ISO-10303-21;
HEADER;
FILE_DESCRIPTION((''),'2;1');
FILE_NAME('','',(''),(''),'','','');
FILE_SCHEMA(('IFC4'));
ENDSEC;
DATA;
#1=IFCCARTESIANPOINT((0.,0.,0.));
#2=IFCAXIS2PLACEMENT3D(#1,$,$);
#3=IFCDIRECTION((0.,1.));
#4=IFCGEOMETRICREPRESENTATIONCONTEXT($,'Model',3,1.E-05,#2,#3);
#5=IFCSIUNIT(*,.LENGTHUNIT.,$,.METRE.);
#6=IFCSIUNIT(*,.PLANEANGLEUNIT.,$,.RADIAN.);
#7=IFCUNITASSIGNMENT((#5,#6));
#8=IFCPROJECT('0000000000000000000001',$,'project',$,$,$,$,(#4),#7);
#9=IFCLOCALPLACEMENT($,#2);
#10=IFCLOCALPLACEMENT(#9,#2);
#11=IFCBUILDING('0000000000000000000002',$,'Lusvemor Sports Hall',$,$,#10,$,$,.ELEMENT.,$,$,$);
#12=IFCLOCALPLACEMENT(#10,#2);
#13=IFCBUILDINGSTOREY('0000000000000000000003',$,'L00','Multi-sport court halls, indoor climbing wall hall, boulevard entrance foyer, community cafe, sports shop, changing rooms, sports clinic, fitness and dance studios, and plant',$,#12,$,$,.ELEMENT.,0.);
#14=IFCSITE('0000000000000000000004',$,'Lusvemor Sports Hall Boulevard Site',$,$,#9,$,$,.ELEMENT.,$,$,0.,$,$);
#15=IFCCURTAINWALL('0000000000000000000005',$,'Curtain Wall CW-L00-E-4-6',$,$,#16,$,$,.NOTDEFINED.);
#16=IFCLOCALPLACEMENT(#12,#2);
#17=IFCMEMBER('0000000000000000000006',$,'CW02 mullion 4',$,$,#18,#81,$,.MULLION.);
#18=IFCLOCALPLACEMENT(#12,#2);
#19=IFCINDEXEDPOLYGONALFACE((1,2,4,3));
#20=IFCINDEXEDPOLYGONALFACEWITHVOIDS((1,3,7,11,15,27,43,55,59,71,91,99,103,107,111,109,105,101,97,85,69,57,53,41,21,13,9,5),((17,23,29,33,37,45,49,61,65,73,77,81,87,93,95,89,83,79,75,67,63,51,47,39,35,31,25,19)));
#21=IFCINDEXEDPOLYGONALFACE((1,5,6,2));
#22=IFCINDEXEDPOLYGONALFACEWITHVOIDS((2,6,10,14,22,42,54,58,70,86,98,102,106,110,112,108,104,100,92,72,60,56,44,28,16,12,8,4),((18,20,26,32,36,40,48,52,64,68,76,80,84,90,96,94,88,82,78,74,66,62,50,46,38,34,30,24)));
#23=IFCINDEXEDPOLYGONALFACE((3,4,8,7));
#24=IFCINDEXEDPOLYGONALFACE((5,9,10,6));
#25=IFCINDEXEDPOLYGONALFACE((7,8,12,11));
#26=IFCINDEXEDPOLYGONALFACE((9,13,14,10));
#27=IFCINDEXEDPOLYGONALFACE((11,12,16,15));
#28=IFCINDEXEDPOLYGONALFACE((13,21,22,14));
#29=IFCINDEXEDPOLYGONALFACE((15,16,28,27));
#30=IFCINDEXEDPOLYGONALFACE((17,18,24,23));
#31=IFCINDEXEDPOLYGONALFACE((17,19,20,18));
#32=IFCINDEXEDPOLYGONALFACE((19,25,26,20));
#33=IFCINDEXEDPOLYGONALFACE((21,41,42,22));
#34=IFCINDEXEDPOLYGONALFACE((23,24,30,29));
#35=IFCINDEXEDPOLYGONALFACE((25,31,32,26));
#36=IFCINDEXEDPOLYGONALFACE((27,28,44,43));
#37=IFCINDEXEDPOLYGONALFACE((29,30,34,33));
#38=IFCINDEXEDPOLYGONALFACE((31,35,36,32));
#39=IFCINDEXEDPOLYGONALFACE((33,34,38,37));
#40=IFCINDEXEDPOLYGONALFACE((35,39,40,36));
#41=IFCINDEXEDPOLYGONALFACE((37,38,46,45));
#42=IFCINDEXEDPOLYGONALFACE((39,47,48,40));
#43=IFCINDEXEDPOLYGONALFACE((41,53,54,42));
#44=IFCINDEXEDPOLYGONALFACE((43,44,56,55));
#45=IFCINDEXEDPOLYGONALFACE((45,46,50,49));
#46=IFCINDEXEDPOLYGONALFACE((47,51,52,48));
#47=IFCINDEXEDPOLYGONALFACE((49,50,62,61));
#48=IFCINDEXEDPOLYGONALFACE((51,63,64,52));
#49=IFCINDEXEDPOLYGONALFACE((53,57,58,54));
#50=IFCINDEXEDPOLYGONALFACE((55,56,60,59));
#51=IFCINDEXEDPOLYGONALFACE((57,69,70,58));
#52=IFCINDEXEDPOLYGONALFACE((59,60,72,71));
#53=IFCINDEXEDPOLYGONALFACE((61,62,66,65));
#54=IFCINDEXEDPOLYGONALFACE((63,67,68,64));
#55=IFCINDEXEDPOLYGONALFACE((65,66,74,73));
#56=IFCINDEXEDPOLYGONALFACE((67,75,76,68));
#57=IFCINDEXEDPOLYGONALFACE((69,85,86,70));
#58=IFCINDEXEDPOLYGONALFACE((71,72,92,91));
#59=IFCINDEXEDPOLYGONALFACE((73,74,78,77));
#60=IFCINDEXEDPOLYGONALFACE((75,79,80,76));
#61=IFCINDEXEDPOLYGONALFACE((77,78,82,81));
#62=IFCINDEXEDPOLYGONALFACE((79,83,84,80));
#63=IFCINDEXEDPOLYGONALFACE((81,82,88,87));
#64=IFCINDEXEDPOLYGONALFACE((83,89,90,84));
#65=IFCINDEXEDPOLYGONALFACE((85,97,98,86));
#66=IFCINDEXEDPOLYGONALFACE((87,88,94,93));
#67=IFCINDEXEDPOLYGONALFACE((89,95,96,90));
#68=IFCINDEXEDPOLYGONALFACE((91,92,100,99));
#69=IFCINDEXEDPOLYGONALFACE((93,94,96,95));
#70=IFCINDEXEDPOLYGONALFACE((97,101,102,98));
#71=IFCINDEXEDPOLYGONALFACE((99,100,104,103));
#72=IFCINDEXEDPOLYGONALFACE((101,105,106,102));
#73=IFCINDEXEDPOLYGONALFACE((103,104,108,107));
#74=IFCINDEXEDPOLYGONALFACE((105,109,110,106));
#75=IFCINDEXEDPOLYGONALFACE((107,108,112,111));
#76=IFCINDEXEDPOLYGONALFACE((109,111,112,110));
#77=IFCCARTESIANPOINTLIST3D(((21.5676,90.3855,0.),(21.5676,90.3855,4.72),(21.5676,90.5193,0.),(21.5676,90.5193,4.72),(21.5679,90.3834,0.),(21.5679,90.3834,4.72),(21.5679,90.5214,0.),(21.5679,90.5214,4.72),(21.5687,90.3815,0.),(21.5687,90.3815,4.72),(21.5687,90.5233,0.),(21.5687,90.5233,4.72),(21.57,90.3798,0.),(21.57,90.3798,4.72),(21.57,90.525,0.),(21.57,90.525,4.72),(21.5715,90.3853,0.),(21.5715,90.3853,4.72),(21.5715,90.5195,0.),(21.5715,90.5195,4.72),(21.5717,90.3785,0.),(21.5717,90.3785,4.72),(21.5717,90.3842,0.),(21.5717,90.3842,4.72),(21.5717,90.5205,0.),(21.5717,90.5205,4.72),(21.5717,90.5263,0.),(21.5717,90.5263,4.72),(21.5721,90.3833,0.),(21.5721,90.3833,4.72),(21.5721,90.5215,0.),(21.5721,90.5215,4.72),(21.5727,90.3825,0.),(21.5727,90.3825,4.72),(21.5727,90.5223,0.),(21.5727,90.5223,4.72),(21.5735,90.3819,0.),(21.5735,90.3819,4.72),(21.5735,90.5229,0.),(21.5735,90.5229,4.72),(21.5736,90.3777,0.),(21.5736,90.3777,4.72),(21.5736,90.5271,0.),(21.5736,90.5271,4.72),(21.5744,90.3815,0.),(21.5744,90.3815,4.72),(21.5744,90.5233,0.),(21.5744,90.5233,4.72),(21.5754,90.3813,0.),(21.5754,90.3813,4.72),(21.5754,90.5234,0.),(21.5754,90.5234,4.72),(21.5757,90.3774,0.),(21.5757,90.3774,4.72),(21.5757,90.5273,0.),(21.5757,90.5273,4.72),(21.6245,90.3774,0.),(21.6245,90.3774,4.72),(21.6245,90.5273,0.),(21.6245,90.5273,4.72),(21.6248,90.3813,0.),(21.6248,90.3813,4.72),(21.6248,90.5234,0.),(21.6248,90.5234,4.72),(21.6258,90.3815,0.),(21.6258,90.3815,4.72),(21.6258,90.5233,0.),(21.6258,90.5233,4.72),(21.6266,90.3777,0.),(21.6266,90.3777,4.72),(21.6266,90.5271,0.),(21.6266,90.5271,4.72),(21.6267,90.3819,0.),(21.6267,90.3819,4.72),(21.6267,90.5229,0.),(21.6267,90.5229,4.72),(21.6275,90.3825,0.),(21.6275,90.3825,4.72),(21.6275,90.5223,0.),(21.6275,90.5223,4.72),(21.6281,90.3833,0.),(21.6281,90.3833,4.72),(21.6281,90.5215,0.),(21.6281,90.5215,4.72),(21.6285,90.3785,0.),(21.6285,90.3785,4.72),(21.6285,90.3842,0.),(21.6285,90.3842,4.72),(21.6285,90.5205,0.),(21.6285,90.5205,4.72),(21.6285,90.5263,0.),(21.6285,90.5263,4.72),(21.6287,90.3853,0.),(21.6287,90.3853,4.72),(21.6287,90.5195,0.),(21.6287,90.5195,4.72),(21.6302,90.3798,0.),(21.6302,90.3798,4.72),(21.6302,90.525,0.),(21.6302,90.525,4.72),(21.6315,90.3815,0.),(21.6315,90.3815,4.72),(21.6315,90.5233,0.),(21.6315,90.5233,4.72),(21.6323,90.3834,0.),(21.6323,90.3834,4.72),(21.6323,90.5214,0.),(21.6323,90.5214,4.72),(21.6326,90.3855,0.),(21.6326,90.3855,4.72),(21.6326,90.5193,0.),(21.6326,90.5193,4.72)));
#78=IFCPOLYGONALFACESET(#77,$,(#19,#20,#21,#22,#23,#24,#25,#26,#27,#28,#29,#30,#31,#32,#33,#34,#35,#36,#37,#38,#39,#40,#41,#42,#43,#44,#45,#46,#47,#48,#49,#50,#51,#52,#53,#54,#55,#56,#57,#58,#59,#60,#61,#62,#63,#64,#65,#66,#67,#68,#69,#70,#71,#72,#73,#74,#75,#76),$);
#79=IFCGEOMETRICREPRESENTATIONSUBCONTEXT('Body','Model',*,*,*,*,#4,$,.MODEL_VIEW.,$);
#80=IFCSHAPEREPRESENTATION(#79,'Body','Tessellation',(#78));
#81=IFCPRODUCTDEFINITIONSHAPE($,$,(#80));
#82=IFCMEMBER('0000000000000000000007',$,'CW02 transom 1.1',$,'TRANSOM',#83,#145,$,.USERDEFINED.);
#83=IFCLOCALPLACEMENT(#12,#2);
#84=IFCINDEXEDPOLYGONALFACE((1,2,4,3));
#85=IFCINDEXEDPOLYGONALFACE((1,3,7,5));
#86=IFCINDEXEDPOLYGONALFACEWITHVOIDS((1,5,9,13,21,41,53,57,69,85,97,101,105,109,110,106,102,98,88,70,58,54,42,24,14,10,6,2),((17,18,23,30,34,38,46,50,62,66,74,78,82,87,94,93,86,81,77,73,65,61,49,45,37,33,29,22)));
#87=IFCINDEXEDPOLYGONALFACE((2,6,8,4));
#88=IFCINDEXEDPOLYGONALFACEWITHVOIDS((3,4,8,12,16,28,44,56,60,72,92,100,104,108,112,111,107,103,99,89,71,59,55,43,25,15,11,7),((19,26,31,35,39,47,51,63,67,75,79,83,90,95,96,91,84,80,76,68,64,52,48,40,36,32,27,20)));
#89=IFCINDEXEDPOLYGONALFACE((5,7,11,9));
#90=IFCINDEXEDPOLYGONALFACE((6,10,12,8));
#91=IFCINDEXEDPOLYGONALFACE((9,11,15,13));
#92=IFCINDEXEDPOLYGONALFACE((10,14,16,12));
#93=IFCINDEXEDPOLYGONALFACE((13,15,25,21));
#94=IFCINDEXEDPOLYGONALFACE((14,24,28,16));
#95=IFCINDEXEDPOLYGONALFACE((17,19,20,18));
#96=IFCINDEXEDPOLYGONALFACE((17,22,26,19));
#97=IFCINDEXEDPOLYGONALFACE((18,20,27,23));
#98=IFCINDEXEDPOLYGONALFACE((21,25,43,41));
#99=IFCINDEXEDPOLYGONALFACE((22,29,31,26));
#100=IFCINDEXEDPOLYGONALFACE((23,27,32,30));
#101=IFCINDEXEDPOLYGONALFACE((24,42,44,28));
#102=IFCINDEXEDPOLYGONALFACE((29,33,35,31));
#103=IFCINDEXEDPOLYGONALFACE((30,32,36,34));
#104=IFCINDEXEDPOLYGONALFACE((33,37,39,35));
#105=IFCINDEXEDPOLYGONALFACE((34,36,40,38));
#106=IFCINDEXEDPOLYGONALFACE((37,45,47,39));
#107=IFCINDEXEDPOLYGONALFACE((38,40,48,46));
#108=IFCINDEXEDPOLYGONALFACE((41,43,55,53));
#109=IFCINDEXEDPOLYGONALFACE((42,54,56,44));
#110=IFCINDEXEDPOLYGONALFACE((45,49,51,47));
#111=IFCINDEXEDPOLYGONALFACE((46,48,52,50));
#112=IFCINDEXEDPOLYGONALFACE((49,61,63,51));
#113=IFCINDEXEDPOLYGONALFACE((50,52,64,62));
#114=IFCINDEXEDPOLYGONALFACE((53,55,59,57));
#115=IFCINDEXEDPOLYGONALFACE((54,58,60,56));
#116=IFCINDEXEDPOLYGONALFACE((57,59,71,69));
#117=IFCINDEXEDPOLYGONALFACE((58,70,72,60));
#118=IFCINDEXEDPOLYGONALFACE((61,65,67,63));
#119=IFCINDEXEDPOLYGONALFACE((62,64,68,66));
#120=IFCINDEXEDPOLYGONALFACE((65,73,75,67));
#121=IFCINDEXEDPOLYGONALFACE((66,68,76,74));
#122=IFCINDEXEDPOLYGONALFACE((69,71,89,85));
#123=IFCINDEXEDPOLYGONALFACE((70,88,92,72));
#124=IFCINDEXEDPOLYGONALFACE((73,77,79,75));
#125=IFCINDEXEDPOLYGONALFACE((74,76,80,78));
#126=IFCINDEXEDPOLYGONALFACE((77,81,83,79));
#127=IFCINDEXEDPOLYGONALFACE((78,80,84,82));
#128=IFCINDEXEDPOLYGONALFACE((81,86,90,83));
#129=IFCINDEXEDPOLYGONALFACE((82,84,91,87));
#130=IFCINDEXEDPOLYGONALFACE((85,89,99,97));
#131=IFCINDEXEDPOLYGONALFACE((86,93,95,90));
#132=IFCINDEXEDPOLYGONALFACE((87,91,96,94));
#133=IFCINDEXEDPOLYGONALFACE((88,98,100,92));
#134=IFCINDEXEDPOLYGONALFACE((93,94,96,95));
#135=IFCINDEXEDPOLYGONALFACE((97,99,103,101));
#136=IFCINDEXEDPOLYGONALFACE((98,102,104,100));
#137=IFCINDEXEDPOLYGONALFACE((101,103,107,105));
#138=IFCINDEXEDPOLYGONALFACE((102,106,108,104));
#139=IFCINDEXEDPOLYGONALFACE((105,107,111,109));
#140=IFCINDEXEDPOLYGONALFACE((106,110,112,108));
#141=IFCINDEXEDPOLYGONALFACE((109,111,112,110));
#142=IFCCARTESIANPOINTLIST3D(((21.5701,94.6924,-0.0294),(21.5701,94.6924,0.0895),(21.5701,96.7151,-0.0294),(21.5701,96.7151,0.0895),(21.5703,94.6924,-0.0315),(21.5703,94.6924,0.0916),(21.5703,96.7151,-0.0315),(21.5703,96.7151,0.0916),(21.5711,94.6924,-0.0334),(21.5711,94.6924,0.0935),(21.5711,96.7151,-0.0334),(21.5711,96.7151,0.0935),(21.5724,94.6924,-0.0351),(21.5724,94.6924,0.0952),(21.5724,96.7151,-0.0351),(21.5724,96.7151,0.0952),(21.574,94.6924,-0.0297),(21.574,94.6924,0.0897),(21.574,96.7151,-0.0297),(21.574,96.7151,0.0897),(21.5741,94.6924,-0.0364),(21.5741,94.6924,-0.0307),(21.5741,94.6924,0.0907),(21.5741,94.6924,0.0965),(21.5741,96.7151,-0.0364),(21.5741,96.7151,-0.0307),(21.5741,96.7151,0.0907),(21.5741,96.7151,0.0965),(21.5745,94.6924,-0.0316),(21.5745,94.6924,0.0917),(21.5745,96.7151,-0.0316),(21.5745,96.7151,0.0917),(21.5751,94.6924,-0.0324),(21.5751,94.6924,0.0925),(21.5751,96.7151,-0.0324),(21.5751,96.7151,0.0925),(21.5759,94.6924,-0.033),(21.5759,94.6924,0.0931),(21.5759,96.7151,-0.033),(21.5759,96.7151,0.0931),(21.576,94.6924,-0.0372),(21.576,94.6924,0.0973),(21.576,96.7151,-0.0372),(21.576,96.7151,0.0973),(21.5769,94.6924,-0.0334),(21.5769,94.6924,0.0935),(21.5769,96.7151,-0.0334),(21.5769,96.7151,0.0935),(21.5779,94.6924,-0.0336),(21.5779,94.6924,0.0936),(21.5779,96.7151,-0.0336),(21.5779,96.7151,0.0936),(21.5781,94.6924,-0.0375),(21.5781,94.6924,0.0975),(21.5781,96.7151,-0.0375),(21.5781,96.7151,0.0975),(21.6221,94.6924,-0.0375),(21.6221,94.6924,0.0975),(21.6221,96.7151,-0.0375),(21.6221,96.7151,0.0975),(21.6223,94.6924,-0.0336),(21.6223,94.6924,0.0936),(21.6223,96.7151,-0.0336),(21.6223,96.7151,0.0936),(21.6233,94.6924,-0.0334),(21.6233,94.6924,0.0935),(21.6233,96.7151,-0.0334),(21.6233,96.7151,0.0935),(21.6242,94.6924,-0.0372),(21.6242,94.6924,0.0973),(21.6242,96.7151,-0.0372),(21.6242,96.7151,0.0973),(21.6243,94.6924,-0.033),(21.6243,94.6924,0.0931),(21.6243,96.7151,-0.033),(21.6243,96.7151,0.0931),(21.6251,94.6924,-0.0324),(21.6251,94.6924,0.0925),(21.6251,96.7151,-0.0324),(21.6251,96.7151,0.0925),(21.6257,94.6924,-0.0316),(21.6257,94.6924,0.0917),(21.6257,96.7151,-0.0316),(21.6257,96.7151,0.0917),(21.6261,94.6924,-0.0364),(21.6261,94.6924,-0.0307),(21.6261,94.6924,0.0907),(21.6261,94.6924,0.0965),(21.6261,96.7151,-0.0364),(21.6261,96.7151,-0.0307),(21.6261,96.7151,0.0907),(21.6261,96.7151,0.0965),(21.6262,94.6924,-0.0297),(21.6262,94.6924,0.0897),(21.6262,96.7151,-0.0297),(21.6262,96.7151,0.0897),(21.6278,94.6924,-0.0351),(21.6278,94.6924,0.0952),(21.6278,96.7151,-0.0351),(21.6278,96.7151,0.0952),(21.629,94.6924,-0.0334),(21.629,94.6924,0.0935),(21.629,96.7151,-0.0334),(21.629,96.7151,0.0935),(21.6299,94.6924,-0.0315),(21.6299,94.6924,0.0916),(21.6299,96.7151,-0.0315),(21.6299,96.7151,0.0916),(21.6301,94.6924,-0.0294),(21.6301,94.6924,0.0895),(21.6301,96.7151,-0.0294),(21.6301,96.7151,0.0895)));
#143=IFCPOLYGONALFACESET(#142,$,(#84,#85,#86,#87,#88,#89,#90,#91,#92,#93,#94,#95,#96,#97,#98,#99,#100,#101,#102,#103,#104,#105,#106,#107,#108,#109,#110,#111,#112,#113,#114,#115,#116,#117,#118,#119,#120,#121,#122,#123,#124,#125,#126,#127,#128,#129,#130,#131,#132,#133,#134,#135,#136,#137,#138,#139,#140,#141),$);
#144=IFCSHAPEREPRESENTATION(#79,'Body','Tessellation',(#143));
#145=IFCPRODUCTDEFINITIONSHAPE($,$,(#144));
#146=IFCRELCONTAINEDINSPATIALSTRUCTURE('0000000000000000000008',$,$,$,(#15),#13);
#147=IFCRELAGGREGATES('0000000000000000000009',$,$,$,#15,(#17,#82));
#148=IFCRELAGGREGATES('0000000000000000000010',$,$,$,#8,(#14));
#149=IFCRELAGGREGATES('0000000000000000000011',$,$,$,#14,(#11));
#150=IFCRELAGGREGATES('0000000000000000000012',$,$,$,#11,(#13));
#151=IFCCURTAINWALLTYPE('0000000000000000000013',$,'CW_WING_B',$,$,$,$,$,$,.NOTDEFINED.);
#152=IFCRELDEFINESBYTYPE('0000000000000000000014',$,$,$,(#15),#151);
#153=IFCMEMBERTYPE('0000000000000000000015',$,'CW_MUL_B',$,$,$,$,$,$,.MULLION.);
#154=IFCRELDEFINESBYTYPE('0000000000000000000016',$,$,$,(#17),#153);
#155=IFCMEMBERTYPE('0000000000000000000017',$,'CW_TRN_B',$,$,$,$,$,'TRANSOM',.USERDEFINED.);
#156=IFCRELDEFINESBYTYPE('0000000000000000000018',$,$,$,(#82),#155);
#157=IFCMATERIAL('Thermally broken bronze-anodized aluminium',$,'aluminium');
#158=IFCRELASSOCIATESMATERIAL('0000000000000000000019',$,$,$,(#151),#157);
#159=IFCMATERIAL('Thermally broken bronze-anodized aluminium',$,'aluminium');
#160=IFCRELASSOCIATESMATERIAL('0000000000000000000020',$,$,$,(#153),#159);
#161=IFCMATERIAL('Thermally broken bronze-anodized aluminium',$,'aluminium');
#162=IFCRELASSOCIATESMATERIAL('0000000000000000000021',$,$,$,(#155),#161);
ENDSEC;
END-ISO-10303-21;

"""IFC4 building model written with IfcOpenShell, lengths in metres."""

from ifc_helpers import new_model, si_unit, direction, frame, origin, origin_2d, place, context, subcontext, project, spatial, hollow_rectangle, extrude, material, material_profile, profile_set, type_object, element, aggregate, save


model = new_model("IFC4")

# Units and contexts
model_context = context("Model", 3, precision=1e-05, world=origin(), true_north=direction((0.0, 1.0)))
body_context = subcontext(model_context, "Body", "Model", "MODEL_VIEW")
ifc_project = project(units=[si_unit("LENGTHUNIT", "METRE"), si_unit("PLANEANGLEUNIT", "RADIAN")], contexts=[model_context])

# Site, building, storey
site_placement = place(None, origin())
site = spatial("IfcSite", under=ifc_project, at=site_placement, Name="Lusvemor Sports Hall Boulevard Site", CompositionType="ELEMENT", RefElevation=0.0)
building_placement = place(site_placement, origin())
building = spatial("IfcBuilding", under=site, at=building_placement, Name="Lusvemor Sports Hall", CompositionType="ELEMENT")
storey_placement = place(building_placement, origin())
storey = spatial("IfcBuildingStorey", under=building, at=storey_placement, Name="L00", Description="Multi-sport court halls, indoor climbing wall hall, boulevard entrance foyer, community cafe, sports shop, changing rooms, sports clinic, fitness and dance studios, and plant", CompositionType="ELEMENT", Elevation=0.0)

# Curtain wall, members
ifc_material_1 = material(Name="Thermally broken bronze-anodized aluminium", Category="aluminium")
curtain_wall_type = type_object("IfcCurtainWallType", Name="CW_WING_B", PredefinedType="NOTDEFINED", material=ifc_material_1)
curtain_wall_placement = place(storey_placement, origin())
curtain_wall = element("IfcCurtainWall", 1, at=curtain_wall_placement, inside=storey, type_object=curtain_wall_type, Name="Curtain Wall CW-L00-E-4-6", PredefinedType="NOTDEFINED")
ifc_material_2 = material(Name="Thermally broken bronze-anodized aluminium", Category="aluminium")
ifc_material_profile_1 = material_profile(ifc_material_2, hollow_rectangle(XDim=0.0649, YDim=0.1499, WallThickness=0.0039, InnerFilletRadius=0.0039, OuterFilletRadius=0.0081, at=origin_2d()), Name="CWMUL150x65x4")
ifc_profile_set_1 = profile_set([ifc_material_profile_1], Name="Thermally broken bronze-anodized aluminium")
member_type_1 = type_object("IfcMemberType", Name="CW_MUL_B", PredefinedType="MULLION", material=ifc_profile_set_1)
member_1_placement = place(storey_placement, frame((21.6001, 90.4524, 0.0), z_axis=(0.0, 0.0, 1.0), x_axis=(1.0, 0.0, 0.0)))
member_1 = element("IfcMember", 2, at=member_1_placement, type_object=member_type_1, Name="CW02 mullion 4", PredefinedType="MULLION", context=body_context, shape_type="SweptSolid", body=[
    extrude(hollow_rectangle(XDim=0.0649, YDim=0.1499, WallThickness=0.0039, InnerFilletRadius=0.0039, OuterFilletRadius=0.0081, at=origin_2d()), origin(), (0.0, 0.0, 1.0), 4.72),
])
ifc_material_3 = material(Name="Thermally broken bronze-anodized aluminium", Category="aluminium")
ifc_material_profile_2 = material_profile(ifc_material_3, hollow_rectangle(XDim=0.0601, YDim=0.135, WallThickness=0.0039, InnerFilletRadius=0.0039, OuterFilletRadius=0.0081, at=origin_2d()), Name="CWTRN135x60x4")
ifc_profile_set_2 = profile_set([ifc_material_profile_2], Name="Thermally broken bronze-anodized aluminium")
member_type_2 = type_object("IfcMemberType", Name="CW_TRN_B", ElementType="TRANSOM", PredefinedType="USERDEFINED", material=ifc_profile_set_2)
member_2_placement = place(storey_placement, frame((21.6001, 96.7151, 0.03), z_axis=(0.0, -1.0, 0.0), x_axis=(1.0, 0.0, 0.0)))
member_2 = element("IfcMember", 3, at=member_2_placement, type_object=member_type_2, Name="CW02 transom 1.1", ObjectType="TRANSOM", PredefinedType="USERDEFINED", context=body_context, shape_type="SweptSolid", body=[
    extrude(hollow_rectangle(XDim=0.0601, YDim=0.135, WallThickness=0.0039, InnerFilletRadius=0.0039, OuterFilletRadius=0.0081, at=origin_2d()), origin(), (0.0, 0.0, 1.0), 2.0227),
])
aggregate(curtain_wall, [member_1, member_2])

save(model, "model.ifc")
